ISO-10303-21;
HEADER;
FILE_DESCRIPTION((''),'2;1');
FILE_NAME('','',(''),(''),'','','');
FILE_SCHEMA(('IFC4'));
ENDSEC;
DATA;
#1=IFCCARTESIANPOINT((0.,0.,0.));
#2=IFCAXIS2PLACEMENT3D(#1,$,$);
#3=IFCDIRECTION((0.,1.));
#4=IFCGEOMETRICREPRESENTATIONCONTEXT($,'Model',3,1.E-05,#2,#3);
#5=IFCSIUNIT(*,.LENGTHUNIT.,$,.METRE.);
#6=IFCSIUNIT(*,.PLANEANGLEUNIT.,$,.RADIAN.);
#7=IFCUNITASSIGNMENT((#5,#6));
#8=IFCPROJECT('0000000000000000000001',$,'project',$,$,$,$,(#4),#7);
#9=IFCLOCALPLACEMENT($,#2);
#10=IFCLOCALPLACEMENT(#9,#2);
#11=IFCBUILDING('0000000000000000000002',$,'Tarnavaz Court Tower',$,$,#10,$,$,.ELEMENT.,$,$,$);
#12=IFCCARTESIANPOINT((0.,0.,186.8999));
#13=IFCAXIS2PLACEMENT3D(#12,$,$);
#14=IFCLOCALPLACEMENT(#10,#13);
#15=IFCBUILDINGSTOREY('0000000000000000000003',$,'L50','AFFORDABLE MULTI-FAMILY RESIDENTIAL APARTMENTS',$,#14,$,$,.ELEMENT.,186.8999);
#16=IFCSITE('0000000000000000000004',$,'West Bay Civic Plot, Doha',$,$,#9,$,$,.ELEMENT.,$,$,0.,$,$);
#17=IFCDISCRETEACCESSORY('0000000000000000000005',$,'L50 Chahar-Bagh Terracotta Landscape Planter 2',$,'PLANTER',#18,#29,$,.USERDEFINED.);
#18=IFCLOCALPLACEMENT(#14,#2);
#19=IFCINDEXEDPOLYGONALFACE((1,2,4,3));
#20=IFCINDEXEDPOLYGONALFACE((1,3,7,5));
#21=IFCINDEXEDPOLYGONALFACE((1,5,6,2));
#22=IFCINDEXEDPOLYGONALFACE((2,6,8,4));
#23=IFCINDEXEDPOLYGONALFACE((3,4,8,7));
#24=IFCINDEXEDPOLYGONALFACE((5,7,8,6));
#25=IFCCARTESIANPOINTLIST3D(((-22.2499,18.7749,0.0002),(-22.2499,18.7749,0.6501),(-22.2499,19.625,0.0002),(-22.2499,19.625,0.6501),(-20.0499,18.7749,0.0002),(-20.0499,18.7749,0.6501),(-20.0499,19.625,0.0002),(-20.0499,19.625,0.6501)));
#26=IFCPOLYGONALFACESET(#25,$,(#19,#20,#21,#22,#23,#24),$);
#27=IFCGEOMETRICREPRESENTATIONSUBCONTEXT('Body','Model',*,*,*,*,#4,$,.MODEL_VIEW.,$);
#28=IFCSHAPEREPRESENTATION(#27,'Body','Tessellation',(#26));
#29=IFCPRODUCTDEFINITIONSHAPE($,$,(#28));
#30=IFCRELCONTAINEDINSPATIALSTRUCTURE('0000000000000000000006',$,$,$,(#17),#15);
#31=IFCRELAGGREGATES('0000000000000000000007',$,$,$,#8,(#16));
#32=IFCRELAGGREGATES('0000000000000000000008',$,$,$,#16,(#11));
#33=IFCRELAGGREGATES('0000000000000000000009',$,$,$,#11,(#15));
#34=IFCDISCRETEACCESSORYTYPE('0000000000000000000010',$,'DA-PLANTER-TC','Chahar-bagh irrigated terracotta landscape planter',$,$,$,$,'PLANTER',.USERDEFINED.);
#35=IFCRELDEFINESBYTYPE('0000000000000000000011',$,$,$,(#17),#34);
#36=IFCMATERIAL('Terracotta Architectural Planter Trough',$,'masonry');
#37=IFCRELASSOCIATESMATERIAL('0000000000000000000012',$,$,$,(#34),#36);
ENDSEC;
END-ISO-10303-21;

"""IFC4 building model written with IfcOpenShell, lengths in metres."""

from ifc_helpers import new_model, si_unit, direction, frame, origin, origin_2d, place, context, subcontext, project, spatial, rectangle, extrude, material, type_object, element, save


model = new_model("IFC4")

# Units and contexts
model_context = context("Model", 3, precision=1e-05, world=origin(), true_north=direction((0.0, 1.0)))
body_context = subcontext(model_context, "Body", "Model", "MODEL_VIEW")
ifc_project = project(units=[si_unit("LENGTHUNIT", "METRE"), si_unit("PLANEANGLEUNIT", "RADIAN")], contexts=[model_context])

# Site, building, storey
site_placement = place(None, origin())
site = spatial("IfcSite", under=ifc_project, at=site_placement, Name="West Bay Civic Plot, Doha", CompositionType="ELEMENT", RefElevation=0.0)
building_placement = place(site_placement, origin())
building = spatial("IfcBuilding", under=site, at=building_placement, Name="Tarnavaz Court Tower", CompositionType="ELEMENT")
storey_placement = place(building_placement, frame((0.0, 0.0, 186.8999)))
storey = spatial("IfcBuildingStorey", under=building, at=storey_placement, Name="L50", Description="AFFORDABLE MULTI-FAMILY RESIDENTIAL APARTMENTS", CompositionType="ELEMENT", Elevation=186.8999)

# Discrete accessory
ifc_material_1 = material(Name="Terracotta Architectural Planter Trough", Category="masonry")
discrete_accessory_type_1 = type_object("IfcDiscreteAccessoryType", Name="DA-PLANTER-TC", Description="Chahar-bagh irrigated terracotta landscape planter", ElementType="PLANTER", PredefinedType="USERDEFINED", material=ifc_material_1)
discrete_accessory_placement = place(storey_placement, frame((-21.1499, 19.2, 0.0002), z_axis=(0.0, 0.0, 1.0), x_axis=(1.0, 0.0, 0.0)))
element("IfcDiscreteAccessory", 1, at=discrete_accessory_placement, inside=storey, type_object=discrete_accessory_type_1, Name="L50 Chahar-Bagh Terracotta Landscape Planter 2", ObjectType="PLANTER", PredefinedType="USERDEFINED", context=body_context, shape_type="SweptSolid", body=[
    extrude(rectangle(XDim=2.2, YDim=0.8501, at=origin_2d()), origin(), (0.0, 0.0, 1.0), 0.6499),
])

save(model, "model.ifc")
